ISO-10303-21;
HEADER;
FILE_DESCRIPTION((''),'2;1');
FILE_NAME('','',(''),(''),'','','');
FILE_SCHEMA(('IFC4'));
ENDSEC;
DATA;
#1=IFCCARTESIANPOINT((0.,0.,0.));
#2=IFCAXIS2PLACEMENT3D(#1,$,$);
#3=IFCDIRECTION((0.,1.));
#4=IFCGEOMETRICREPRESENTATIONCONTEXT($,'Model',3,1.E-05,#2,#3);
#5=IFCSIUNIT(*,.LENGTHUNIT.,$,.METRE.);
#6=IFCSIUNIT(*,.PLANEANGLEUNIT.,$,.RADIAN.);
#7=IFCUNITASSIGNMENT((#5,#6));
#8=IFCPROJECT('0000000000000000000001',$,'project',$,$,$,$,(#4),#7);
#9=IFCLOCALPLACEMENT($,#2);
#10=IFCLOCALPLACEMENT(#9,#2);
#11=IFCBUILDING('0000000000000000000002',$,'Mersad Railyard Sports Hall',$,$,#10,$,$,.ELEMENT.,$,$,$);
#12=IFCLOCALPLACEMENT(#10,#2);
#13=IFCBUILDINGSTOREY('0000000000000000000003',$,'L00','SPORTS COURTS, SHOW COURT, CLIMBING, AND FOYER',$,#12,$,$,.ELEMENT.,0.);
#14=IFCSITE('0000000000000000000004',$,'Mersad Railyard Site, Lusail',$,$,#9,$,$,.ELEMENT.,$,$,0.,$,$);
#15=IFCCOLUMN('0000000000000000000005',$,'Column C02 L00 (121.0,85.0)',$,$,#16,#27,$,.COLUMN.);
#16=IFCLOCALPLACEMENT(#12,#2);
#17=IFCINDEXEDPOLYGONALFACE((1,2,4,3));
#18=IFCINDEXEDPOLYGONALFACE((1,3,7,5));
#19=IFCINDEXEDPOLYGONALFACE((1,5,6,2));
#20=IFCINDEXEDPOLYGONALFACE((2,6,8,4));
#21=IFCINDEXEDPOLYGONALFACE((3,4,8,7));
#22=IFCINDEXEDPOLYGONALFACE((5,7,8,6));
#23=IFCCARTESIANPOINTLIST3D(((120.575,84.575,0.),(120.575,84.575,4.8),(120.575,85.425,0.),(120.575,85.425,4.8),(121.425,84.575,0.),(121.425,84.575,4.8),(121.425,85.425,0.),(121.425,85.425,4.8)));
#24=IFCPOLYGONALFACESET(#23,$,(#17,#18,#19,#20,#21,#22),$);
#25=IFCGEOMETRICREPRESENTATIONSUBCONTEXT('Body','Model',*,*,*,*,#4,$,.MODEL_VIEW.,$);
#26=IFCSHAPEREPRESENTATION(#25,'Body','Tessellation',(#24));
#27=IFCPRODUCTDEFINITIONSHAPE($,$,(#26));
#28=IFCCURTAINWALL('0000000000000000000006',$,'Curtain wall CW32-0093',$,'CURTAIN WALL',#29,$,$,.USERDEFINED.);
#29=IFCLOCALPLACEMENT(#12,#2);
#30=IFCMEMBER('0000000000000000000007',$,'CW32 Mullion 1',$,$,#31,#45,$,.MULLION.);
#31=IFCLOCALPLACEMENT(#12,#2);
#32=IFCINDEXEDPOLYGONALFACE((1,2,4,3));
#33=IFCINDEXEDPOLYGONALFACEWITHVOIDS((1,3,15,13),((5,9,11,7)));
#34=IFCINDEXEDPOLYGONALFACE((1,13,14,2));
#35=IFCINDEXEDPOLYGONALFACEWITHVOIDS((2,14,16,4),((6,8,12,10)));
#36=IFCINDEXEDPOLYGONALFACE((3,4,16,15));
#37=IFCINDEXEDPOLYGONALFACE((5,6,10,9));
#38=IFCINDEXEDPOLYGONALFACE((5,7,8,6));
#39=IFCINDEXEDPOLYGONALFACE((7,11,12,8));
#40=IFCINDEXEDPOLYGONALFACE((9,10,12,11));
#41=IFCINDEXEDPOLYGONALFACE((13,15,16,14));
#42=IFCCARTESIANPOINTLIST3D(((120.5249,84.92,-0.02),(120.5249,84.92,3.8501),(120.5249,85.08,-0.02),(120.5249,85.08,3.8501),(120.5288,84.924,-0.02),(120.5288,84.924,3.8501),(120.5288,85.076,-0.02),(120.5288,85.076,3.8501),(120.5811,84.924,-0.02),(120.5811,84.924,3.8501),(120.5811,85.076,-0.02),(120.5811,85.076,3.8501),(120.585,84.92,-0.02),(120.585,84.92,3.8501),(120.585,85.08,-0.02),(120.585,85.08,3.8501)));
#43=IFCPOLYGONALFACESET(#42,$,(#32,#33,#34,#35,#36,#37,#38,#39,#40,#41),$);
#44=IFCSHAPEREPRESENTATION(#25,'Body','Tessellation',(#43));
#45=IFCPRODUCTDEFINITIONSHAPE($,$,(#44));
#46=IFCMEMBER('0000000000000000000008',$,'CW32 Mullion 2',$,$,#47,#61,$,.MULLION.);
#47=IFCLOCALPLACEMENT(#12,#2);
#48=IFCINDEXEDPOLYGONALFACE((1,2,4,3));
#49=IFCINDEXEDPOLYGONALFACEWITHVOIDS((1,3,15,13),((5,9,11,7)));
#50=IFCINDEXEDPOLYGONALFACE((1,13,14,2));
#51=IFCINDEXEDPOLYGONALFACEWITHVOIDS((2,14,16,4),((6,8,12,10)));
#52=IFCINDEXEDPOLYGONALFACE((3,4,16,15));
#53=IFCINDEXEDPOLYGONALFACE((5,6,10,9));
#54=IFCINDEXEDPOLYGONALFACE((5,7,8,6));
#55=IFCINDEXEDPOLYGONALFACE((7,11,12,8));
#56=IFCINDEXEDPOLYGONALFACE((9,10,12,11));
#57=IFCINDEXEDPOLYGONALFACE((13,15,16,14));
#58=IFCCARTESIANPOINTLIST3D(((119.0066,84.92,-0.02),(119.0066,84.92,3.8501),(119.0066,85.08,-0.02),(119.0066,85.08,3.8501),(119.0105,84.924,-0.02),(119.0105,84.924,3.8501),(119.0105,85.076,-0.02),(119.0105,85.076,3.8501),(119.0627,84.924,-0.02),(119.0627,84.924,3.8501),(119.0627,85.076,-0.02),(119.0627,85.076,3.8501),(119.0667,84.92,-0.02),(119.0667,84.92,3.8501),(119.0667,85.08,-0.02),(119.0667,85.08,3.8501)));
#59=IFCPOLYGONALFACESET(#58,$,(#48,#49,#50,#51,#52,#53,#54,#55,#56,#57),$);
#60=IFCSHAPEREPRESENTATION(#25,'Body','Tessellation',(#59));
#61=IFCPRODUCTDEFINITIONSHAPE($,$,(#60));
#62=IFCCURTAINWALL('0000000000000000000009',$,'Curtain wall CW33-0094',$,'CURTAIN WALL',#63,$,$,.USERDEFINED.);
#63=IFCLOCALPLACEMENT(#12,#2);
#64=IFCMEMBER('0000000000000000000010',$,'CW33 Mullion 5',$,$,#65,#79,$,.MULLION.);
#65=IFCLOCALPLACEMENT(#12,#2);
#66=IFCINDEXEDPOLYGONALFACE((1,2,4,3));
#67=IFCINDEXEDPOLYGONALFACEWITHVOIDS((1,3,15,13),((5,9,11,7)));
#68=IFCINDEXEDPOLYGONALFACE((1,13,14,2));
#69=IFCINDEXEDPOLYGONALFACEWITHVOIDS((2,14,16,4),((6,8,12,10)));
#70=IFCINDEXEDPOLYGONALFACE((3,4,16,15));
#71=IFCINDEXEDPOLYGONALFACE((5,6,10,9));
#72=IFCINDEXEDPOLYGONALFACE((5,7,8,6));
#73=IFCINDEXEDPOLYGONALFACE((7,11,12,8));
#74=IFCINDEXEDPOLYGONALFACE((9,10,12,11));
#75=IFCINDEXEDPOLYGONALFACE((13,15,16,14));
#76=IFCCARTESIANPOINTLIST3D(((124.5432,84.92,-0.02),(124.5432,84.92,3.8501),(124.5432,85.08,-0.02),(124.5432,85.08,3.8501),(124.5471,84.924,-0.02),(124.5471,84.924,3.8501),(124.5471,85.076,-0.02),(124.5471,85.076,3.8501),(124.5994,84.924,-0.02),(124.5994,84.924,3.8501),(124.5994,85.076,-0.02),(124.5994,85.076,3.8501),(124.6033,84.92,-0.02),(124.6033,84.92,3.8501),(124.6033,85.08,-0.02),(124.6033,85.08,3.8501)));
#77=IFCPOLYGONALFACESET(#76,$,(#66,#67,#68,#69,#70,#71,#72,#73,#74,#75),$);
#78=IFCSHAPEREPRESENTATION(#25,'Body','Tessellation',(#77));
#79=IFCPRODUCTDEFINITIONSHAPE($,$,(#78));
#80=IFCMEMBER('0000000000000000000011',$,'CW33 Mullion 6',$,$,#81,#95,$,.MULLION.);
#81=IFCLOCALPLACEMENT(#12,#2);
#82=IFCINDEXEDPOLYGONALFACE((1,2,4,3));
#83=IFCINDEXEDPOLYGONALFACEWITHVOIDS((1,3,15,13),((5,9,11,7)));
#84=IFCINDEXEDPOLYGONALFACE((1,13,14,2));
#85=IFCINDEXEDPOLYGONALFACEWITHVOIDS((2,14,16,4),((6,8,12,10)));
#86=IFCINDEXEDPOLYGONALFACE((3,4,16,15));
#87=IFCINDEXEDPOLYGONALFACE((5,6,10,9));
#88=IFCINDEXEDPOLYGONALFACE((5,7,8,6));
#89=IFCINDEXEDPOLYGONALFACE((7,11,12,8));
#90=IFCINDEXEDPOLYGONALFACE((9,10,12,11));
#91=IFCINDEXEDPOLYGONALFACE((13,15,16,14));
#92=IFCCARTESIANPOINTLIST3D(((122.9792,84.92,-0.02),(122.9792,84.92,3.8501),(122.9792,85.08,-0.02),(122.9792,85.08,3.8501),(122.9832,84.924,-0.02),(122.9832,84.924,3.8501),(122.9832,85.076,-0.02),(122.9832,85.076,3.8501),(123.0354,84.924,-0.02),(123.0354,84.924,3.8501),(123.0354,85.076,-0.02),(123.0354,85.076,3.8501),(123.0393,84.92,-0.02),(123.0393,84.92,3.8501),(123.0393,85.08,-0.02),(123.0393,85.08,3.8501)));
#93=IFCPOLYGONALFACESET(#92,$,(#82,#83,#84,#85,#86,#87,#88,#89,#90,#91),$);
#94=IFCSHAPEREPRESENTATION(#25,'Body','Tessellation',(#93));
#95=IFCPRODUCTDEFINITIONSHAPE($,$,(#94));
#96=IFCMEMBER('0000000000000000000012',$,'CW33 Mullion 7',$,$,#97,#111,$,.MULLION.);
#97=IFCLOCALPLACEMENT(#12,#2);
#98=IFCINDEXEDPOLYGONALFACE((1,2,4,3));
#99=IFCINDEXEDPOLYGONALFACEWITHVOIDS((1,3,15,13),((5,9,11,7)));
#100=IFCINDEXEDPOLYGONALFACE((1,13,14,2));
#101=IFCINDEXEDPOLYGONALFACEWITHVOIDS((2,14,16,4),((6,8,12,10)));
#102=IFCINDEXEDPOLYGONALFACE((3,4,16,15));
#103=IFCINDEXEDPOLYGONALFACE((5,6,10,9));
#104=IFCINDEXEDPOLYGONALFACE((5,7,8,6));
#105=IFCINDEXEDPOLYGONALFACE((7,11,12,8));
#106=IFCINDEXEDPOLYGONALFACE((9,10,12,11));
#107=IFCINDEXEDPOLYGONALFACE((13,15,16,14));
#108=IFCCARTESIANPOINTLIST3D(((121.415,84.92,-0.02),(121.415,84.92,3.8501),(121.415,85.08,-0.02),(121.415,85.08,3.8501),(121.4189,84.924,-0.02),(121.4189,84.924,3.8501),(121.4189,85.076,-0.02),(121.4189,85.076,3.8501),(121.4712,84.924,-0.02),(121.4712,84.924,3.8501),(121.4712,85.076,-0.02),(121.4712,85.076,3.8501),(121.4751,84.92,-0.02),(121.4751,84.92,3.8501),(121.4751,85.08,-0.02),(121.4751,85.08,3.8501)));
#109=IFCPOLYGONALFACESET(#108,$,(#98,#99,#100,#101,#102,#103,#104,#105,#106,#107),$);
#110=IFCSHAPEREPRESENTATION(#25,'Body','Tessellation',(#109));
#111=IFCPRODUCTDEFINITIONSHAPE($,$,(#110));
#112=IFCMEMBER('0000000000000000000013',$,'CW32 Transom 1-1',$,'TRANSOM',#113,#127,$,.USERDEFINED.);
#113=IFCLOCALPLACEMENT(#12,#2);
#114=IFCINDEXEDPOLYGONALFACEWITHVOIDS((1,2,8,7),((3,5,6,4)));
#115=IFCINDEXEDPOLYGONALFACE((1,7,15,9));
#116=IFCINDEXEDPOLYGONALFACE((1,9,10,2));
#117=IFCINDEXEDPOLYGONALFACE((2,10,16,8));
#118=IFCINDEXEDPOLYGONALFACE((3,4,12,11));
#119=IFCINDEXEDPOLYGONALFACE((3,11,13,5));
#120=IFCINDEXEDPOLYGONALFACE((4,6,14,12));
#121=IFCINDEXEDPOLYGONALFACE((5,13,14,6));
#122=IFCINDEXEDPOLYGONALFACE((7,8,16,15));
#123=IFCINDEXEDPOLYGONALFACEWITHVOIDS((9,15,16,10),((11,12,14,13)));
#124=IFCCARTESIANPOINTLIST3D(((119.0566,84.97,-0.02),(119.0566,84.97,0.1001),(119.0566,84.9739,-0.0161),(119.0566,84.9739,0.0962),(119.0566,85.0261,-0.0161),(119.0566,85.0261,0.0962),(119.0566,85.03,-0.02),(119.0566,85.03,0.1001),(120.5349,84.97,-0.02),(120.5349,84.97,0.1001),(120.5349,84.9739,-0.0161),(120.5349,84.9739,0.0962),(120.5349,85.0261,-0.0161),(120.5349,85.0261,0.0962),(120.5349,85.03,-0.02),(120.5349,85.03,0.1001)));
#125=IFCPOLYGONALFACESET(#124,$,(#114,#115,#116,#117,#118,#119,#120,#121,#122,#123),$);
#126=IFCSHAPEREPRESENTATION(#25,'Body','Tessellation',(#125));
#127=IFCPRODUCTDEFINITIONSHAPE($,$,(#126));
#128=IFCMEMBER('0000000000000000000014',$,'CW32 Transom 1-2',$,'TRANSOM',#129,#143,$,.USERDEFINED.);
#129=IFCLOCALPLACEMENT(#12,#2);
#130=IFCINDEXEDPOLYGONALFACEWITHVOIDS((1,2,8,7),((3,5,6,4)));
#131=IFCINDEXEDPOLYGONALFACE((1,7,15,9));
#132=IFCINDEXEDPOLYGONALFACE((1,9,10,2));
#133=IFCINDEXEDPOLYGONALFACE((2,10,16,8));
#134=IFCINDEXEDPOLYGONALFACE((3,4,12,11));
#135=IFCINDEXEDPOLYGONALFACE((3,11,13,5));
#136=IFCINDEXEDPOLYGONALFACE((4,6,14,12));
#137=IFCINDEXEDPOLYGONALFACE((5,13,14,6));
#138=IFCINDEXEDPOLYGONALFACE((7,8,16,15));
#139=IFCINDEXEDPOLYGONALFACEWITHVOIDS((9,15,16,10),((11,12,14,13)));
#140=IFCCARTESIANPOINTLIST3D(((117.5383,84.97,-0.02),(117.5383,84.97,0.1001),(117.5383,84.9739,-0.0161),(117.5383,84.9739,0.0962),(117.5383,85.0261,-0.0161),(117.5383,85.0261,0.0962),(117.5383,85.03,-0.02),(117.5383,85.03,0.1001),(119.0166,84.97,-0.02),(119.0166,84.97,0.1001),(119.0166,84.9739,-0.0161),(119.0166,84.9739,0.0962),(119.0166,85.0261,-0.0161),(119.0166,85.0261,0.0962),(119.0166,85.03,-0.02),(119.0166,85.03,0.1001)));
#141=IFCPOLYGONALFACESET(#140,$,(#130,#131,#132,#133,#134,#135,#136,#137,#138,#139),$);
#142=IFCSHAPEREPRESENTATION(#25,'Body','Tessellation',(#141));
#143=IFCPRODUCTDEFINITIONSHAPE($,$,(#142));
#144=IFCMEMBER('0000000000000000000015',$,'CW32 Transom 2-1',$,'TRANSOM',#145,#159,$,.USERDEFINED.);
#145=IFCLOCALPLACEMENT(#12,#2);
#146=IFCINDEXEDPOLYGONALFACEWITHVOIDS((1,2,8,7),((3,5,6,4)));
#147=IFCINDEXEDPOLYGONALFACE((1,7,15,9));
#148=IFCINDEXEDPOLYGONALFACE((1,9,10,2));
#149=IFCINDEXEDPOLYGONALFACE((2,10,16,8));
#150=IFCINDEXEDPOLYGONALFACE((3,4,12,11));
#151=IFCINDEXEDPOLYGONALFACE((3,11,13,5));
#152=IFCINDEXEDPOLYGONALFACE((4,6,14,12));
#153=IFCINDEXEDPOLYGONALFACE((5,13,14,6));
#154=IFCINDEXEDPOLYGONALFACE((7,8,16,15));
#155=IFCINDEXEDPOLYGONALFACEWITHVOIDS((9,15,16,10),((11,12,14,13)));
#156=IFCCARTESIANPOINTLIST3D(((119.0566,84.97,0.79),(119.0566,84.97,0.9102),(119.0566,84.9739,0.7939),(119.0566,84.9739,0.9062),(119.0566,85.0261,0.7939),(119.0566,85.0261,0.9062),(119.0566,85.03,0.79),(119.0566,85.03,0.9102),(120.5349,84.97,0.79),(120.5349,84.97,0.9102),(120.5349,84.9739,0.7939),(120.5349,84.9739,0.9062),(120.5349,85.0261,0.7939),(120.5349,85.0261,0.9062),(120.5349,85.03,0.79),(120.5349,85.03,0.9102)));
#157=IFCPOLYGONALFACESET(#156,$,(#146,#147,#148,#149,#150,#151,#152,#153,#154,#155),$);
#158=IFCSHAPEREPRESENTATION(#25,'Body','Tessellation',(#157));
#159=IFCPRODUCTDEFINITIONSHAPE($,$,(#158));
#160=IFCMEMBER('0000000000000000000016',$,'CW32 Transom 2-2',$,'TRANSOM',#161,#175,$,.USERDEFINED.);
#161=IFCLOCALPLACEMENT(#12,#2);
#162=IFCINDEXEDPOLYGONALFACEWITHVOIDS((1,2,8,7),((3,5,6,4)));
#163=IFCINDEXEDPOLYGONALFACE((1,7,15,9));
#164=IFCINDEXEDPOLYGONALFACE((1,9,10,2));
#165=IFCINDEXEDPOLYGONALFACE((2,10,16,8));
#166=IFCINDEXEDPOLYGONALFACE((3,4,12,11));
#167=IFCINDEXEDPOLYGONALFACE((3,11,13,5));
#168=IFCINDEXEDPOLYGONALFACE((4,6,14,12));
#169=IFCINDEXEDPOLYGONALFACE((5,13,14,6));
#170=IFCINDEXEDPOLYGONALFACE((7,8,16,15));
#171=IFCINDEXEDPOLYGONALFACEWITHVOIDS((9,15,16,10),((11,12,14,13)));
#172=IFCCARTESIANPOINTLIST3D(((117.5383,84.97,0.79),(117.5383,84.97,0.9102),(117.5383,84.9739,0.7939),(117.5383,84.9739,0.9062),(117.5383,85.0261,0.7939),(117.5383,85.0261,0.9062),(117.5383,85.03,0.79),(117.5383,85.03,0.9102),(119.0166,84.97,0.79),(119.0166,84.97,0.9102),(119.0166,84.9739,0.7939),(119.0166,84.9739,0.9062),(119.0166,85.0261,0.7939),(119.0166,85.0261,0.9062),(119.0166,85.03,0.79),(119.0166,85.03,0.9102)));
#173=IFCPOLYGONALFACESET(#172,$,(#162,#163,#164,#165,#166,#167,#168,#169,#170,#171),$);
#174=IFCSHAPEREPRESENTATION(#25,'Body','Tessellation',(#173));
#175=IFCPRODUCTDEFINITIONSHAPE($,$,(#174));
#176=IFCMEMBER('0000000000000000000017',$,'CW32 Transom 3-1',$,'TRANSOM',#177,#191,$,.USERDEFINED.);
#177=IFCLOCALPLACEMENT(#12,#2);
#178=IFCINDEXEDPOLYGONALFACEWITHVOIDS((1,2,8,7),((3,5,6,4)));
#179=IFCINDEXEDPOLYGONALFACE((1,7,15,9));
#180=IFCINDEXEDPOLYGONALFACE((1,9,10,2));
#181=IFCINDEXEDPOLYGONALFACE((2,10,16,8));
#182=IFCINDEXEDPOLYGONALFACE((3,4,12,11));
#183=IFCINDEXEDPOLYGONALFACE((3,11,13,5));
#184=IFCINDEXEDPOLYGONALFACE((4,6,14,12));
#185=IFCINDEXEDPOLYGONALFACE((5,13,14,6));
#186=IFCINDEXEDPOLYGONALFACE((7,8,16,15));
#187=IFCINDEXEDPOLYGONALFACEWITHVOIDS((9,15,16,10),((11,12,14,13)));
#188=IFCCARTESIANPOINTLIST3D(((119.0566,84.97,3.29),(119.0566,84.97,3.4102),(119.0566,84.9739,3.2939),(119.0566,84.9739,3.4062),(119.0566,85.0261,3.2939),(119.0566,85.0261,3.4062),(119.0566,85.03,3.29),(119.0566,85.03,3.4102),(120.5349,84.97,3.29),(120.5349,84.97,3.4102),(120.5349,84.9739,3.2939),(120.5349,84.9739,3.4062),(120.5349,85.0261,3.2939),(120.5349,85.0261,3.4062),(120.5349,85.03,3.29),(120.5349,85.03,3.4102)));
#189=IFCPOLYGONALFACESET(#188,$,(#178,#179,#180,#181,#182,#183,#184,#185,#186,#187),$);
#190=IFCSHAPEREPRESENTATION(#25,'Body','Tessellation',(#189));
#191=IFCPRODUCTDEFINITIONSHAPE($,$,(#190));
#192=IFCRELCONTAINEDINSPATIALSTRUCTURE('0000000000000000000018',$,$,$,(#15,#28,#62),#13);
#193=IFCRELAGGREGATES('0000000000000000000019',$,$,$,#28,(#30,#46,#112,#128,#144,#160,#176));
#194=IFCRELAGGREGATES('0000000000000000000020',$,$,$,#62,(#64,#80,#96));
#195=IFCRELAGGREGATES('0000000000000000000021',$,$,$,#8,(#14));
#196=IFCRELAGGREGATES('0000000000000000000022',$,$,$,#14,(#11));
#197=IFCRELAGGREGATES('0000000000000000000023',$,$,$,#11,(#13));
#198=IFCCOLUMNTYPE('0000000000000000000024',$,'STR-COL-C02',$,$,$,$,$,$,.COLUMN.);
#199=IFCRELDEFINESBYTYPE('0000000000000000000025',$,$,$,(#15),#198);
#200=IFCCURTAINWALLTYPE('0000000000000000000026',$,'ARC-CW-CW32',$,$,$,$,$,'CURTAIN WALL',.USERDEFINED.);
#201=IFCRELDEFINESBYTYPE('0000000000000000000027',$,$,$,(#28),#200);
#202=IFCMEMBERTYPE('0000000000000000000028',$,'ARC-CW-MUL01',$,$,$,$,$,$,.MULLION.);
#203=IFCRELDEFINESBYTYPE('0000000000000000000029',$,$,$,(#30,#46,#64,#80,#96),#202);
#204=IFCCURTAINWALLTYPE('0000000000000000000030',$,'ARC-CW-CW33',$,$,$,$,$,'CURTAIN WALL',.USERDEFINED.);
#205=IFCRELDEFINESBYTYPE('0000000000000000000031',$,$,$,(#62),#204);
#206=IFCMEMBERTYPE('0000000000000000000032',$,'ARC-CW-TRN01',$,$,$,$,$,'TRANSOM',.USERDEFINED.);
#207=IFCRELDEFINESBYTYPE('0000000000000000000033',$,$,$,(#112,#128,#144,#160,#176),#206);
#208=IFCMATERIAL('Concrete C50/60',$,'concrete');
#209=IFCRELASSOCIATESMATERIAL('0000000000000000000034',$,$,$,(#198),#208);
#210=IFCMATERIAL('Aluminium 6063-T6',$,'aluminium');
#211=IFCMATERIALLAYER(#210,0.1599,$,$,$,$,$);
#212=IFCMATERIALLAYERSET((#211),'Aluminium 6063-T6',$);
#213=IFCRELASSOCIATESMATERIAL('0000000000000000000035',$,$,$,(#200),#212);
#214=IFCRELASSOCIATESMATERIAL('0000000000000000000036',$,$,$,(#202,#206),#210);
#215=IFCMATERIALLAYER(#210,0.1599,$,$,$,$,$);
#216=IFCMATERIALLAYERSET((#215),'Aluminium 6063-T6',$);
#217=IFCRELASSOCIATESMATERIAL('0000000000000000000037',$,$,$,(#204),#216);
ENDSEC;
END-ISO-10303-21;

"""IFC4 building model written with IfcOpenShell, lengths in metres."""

from ifc_helpers import new_model, si_unit, direction, frame, origin, origin_2d, place, context, subcontext, project, spatial, rectangle, hollow_rectangle, extrude, material, layer, layer_set, material_profile, profile_set, type_object, element, aggregate, save


model = new_model("IFC4")

# Units and contexts
model_context = context("Model", 3, precision=1e-05, world=origin(), true_north=direction((0.0, 1.0)))
body_context = subcontext(model_context, "Body", "Model", "MODEL_VIEW")
ifc_project = project(units=[si_unit("LENGTHUNIT", "METRE"), si_unit("PLANEANGLEUNIT", "RADIAN")], contexts=[model_context])

# Site, building, storey
site_placement = place(None, origin())
site = spatial("IfcSite", under=ifc_project, at=site_placement, Name="Mersad Railyard Site, Lusail", CompositionType="ELEMENT", RefElevation=0.0)
building_placement = place(site_placement, origin())
building = spatial("IfcBuilding", under=site, at=building_placement, Name="Mersad Railyard Sports Hall", CompositionType="ELEMENT")
storey_placement = place(building_placement, origin())
storey = spatial("IfcBuildingStorey", under=building, at=storey_placement, Name="L00", Description="SPORTS COURTS, SHOW COURT, CLIMBING, AND FOYER", CompositionType="ELEMENT", Elevation=0.0)

# Column
ifc_material_1 = material(Name="Concrete C50/60", Category="concrete")
ifc_material_profile_1 = material_profile(ifc_material_1, rectangle(XDim=0.8501, YDim=0.8501, at=origin_2d()), Name="RC 850x850")
ifc_profile_set_1 = profile_set([ifc_material_profile_1], Name="Concrete C50/60")
column_type = type_object("IfcColumnType", Name="STR-COL-C02", PredefinedType="COLUMN", material=ifc_profile_set_1)
column_placement = place(storey_placement, frame((121.0, 85.0, 0.0), z_axis=(0.0, 0.0, 1.0), x_axis=(1.0, 0.0, 0.0)))
element("IfcColumn", 1, at=column_placement, inside=storey, type_object=column_type, Name="Column C02 L00 (121.0,85.0)", PredefinedType="COLUMN", context=body_context, shape_type="SweptSolid", body=[
    extrude(rectangle(XDim=0.8501, YDim=0.8501, at=origin_2d()), origin(), (0.0, 0.0, 1.0), 4.8),
])

# Curtain walls, members
ifc_material_2 = material(Name="Aluminium 6063-T6", Category="aluminium")
ifc_layer_1 = layer(ifc_material_2, 0.1599)
ifc_layer_set_1 = layer_set([ifc_layer_1], Name="Aluminium 6063-T6")
curtain_wall_type_1 = type_object("IfcCurtainWallType", Name="ARC-CW-CW32", ElementType="CURTAIN WALL", PredefinedType="USERDEFINED", material=ifc_layer_set_1)
curtain_wall_1_placement = place(storey_placement, origin())
curtain_wall_1 = element("IfcCurtainWall", 2, at=curtain_wall_1_placement, inside=storey, type_object=curtain_wall_type_1, Name="Curtain wall CW32-0093", ObjectType="CURTAIN WALL", PredefinedType="USERDEFINED")
ifc_material_profile_2 = material_profile(ifc_material_2, hollow_rectangle(XDim=0.0601, YDim=0.1599, WallThickness=0.0039, at=origin_2d()), Name="AL MULLION 60x160x4")
ifc_profile_set_2 = profile_set([ifc_material_profile_2], Name="Aluminium 6063-T6")
member_type_1 = type_object("IfcMemberType", Name="ARC-CW-MUL01", PredefinedType="MULLION", material=ifc_profile_set_2)
member_1_placement = place(storey_placement, frame((120.5549, 85.0, -0.02), z_axis=(0.0, 0.0, 1.0), x_axis=(1.0, 0.0, 0.0)))
member_1 = element("IfcMember", 3, at=member_1_placement, type_object=member_type_1, Name="CW32 Mullion 1", PredefinedType="MULLION", context=body_context, shape_type="SweptSolid", body=[
    extrude(hollow_rectangle(XDim=0.0601, YDim=0.1599, WallThickness=0.0039, at=origin_2d()), origin(), (0.0, 0.0, 1.0), 3.8701),
])
member_2_placement = place(storey_placement, frame((119.0366, 85.0, -0.02), z_axis=(0.0, 0.0, 1.0), x_axis=(1.0, 0.0, 0.0)))
member_2 = element("IfcMember", 4, at=member_2_placement, type_object=member_type_1, Name="CW32 Mullion 2", PredefinedType="MULLION", context=body_context, shape_type="SweptSolid", body=[
    extrude(hollow_rectangle(XDim=0.0601, YDim=0.1599, WallThickness=0.0039, at=origin_2d()), origin(), (0.0, 0.0, 1.0), 3.8701),
])
ifc_layer_2 = layer(ifc_material_2, 0.1599)
ifc_layer_set_2 = layer_set([ifc_layer_2], Name="Aluminium 6063-T6")
curtain_wall_type_2 = type_object("IfcCurtainWallType", Name="ARC-CW-CW33", ElementType="CURTAIN WALL", PredefinedType="USERDEFINED", material=ifc_layer_set_2)
curtain_wall_2_placement = place(storey_placement, origin())
curtain_wall_2 = element("IfcCurtainWall", 5, at=curtain_wall_2_placement, inside=storey, type_object=curtain_wall_type_2, Name="Curtain wall CW33-0094", ObjectType="CURTAIN WALL", PredefinedType="USERDEFINED")
member_3_placement = place(storey_placement, frame((124.5732, 85.0, -0.02), z_axis=(0.0, 0.0, 1.0), x_axis=(1.0, 0.0, 0.0)))
member_3 = element("IfcMember", 6, at=member_3_placement, type_object=member_type_1, Name="CW33 Mullion 5", PredefinedType="MULLION", context=body_context, shape_type="SweptSolid", body=[
    extrude(hollow_rectangle(XDim=0.0601, YDim=0.1599, WallThickness=0.0039, at=origin_2d()), origin(), (0.0, 0.0, 1.0), 3.8701),
])
member_4_placement = place(storey_placement, frame((123.0093, 85.0, -0.02), z_axis=(0.0, 0.0, 1.0), x_axis=(1.0, 0.0, 0.0)))
member_4 = element("IfcMember", 7, at=member_4_placement, type_object=member_type_1, Name="CW33 Mullion 6", PredefinedType="MULLION", context=body_context, shape_type="SweptSolid", body=[
    extrude(hollow_rectangle(XDim=0.0601, YDim=0.1599, WallThickness=0.0039, at=origin_2d()), origin(), (0.0, 0.0, 1.0), 3.8701),
])
member_5_placement = place(storey_placement, frame((121.4451, 85.0, -0.02), z_axis=(0.0, 0.0, 1.0), x_axis=(1.0, 0.0, 0.0)))
member_5 = element("IfcMember", 8, at=member_5_placement, type_object=member_type_1, Name="CW33 Mullion 7", PredefinedType="MULLION", context=body_context, shape_type="SweptSolid", body=[
    extrude(hollow_rectangle(XDim=0.0601, YDim=0.1599, WallThickness=0.0039, at=origin_2d()), origin(), (0.0, 0.0, 1.0), 3.8701),
])

# Members
ifc_material_profile_3 = material_profile(ifc_material_2, hollow_rectangle(XDim=0.0601, YDim=0.1201, WallThickness=0.0039, at=origin_2d()), Name="AL TRANSOM 60x120x4")
ifc_profile_set_3 = profile_set([ifc_material_profile_3], Name="Aluminium 6063-T6")
member_type_2 = type_object("IfcMemberType", Name="ARC-CW-TRN01", ElementType="TRANSOM", PredefinedType="USERDEFINED", material=ifc_profile_set_3)
member_6_placement = place(storey_placement, frame((120.5349, 85.0, 0.04), z_axis=(-1.0, 0.0, 0.0), x_axis=(0.0, -1.0, 0.0)))
member_6 = element("IfcMember", 9, at=member_6_placement, type_object=member_type_2, Name="CW32 Transom 1-1", ObjectType="TRANSOM", PredefinedType="USERDEFINED", context=body_context, shape_type="SweptSolid", body=[
    extrude(hollow_rectangle(XDim=0.0601, YDim=0.1201, WallThickness=0.0039, at=origin_2d()), origin(), (0.0, 0.0, 1.0), 1.4783),
])
member_7_placement = place(storey_placement, frame((119.0166, 85.0, 0.04), z_axis=(-1.0, 0.0, 0.0), x_axis=(0.0, -1.0, 0.0)))
member_7 = element("IfcMember", 10, at=member_7_placement, type_object=member_type_2, Name="CW32 Transom 1-2", ObjectType="TRANSOM", PredefinedType="USERDEFINED", context=body_context, shape_type="SweptSolid", body=[
    extrude(hollow_rectangle(XDim=0.0601, YDim=0.1201, WallThickness=0.0039, at=origin_2d()), origin(), (0.0, 0.0, 1.0), 1.4783),
])
member_8_placement = place(storey_placement, frame((120.5349, 85.0, 0.8501), z_axis=(-1.0, 0.0, 0.0), x_axis=(0.0, -1.0, 0.0)))
member_8 = element("IfcMember", 11, at=member_8_placement, type_object=member_type_2, Name="CW32 Transom 2-1", ObjectType="TRANSOM", PredefinedType="USERDEFINED", context=body_context, shape_type="SweptSolid", body=[
    extrude(hollow_rectangle(XDim=0.0601, YDim=0.1201, WallThickness=0.0039, at=origin_2d()), origin(), (0.0, 0.0, 1.0), 1.4783),
])
member_9_placement = place(storey_placement, frame((119.0166, 85.0, 0.8501), z_axis=(-1.0, 0.0, 0.0), x_axis=(0.0, -1.0, 0.0)))
member_9 = element("IfcMember", 12, at=member_9_placement, type_object=member_type_2, Name="CW32 Transom 2-2", ObjectType="TRANSOM", PredefinedType="USERDEFINED", context=body_context, shape_type="SweptSolid", body=[
    extrude(hollow_rectangle(XDim=0.0601, YDim=0.1201, WallThickness=0.0039, at=origin_2d()), origin(), (0.0, 0.0, 1.0), 1.4783),
])
member_10_placement = place(storey_placement, frame((120.5349, 85.0, 3.3501), z_axis=(-1.0, 0.0, 0.0), x_axis=(0.0, -1.0, 0.0)))
member_10 = element("IfcMember", 13, at=member_10_placement, type_object=member_type_2, Name="CW32 Transom 3-1", ObjectType="TRANSOM", PredefinedType="USERDEFINED", context=body_context, shape_type="SweptSolid", body=[
    extrude(hollow_rectangle(XDim=0.0601, YDim=0.1201, WallThickness=0.0039, at=origin_2d()), origin(), (0.0, 0.0, 1.0), 1.4783),
])

aggregate(curtain_wall_1, [member_1, member_2, member_6, member_7, member_8, member_9, member_10])
aggregate(curtain_wall_2, [member_3, member_4, member_5])

save(model, "model.ifc")
